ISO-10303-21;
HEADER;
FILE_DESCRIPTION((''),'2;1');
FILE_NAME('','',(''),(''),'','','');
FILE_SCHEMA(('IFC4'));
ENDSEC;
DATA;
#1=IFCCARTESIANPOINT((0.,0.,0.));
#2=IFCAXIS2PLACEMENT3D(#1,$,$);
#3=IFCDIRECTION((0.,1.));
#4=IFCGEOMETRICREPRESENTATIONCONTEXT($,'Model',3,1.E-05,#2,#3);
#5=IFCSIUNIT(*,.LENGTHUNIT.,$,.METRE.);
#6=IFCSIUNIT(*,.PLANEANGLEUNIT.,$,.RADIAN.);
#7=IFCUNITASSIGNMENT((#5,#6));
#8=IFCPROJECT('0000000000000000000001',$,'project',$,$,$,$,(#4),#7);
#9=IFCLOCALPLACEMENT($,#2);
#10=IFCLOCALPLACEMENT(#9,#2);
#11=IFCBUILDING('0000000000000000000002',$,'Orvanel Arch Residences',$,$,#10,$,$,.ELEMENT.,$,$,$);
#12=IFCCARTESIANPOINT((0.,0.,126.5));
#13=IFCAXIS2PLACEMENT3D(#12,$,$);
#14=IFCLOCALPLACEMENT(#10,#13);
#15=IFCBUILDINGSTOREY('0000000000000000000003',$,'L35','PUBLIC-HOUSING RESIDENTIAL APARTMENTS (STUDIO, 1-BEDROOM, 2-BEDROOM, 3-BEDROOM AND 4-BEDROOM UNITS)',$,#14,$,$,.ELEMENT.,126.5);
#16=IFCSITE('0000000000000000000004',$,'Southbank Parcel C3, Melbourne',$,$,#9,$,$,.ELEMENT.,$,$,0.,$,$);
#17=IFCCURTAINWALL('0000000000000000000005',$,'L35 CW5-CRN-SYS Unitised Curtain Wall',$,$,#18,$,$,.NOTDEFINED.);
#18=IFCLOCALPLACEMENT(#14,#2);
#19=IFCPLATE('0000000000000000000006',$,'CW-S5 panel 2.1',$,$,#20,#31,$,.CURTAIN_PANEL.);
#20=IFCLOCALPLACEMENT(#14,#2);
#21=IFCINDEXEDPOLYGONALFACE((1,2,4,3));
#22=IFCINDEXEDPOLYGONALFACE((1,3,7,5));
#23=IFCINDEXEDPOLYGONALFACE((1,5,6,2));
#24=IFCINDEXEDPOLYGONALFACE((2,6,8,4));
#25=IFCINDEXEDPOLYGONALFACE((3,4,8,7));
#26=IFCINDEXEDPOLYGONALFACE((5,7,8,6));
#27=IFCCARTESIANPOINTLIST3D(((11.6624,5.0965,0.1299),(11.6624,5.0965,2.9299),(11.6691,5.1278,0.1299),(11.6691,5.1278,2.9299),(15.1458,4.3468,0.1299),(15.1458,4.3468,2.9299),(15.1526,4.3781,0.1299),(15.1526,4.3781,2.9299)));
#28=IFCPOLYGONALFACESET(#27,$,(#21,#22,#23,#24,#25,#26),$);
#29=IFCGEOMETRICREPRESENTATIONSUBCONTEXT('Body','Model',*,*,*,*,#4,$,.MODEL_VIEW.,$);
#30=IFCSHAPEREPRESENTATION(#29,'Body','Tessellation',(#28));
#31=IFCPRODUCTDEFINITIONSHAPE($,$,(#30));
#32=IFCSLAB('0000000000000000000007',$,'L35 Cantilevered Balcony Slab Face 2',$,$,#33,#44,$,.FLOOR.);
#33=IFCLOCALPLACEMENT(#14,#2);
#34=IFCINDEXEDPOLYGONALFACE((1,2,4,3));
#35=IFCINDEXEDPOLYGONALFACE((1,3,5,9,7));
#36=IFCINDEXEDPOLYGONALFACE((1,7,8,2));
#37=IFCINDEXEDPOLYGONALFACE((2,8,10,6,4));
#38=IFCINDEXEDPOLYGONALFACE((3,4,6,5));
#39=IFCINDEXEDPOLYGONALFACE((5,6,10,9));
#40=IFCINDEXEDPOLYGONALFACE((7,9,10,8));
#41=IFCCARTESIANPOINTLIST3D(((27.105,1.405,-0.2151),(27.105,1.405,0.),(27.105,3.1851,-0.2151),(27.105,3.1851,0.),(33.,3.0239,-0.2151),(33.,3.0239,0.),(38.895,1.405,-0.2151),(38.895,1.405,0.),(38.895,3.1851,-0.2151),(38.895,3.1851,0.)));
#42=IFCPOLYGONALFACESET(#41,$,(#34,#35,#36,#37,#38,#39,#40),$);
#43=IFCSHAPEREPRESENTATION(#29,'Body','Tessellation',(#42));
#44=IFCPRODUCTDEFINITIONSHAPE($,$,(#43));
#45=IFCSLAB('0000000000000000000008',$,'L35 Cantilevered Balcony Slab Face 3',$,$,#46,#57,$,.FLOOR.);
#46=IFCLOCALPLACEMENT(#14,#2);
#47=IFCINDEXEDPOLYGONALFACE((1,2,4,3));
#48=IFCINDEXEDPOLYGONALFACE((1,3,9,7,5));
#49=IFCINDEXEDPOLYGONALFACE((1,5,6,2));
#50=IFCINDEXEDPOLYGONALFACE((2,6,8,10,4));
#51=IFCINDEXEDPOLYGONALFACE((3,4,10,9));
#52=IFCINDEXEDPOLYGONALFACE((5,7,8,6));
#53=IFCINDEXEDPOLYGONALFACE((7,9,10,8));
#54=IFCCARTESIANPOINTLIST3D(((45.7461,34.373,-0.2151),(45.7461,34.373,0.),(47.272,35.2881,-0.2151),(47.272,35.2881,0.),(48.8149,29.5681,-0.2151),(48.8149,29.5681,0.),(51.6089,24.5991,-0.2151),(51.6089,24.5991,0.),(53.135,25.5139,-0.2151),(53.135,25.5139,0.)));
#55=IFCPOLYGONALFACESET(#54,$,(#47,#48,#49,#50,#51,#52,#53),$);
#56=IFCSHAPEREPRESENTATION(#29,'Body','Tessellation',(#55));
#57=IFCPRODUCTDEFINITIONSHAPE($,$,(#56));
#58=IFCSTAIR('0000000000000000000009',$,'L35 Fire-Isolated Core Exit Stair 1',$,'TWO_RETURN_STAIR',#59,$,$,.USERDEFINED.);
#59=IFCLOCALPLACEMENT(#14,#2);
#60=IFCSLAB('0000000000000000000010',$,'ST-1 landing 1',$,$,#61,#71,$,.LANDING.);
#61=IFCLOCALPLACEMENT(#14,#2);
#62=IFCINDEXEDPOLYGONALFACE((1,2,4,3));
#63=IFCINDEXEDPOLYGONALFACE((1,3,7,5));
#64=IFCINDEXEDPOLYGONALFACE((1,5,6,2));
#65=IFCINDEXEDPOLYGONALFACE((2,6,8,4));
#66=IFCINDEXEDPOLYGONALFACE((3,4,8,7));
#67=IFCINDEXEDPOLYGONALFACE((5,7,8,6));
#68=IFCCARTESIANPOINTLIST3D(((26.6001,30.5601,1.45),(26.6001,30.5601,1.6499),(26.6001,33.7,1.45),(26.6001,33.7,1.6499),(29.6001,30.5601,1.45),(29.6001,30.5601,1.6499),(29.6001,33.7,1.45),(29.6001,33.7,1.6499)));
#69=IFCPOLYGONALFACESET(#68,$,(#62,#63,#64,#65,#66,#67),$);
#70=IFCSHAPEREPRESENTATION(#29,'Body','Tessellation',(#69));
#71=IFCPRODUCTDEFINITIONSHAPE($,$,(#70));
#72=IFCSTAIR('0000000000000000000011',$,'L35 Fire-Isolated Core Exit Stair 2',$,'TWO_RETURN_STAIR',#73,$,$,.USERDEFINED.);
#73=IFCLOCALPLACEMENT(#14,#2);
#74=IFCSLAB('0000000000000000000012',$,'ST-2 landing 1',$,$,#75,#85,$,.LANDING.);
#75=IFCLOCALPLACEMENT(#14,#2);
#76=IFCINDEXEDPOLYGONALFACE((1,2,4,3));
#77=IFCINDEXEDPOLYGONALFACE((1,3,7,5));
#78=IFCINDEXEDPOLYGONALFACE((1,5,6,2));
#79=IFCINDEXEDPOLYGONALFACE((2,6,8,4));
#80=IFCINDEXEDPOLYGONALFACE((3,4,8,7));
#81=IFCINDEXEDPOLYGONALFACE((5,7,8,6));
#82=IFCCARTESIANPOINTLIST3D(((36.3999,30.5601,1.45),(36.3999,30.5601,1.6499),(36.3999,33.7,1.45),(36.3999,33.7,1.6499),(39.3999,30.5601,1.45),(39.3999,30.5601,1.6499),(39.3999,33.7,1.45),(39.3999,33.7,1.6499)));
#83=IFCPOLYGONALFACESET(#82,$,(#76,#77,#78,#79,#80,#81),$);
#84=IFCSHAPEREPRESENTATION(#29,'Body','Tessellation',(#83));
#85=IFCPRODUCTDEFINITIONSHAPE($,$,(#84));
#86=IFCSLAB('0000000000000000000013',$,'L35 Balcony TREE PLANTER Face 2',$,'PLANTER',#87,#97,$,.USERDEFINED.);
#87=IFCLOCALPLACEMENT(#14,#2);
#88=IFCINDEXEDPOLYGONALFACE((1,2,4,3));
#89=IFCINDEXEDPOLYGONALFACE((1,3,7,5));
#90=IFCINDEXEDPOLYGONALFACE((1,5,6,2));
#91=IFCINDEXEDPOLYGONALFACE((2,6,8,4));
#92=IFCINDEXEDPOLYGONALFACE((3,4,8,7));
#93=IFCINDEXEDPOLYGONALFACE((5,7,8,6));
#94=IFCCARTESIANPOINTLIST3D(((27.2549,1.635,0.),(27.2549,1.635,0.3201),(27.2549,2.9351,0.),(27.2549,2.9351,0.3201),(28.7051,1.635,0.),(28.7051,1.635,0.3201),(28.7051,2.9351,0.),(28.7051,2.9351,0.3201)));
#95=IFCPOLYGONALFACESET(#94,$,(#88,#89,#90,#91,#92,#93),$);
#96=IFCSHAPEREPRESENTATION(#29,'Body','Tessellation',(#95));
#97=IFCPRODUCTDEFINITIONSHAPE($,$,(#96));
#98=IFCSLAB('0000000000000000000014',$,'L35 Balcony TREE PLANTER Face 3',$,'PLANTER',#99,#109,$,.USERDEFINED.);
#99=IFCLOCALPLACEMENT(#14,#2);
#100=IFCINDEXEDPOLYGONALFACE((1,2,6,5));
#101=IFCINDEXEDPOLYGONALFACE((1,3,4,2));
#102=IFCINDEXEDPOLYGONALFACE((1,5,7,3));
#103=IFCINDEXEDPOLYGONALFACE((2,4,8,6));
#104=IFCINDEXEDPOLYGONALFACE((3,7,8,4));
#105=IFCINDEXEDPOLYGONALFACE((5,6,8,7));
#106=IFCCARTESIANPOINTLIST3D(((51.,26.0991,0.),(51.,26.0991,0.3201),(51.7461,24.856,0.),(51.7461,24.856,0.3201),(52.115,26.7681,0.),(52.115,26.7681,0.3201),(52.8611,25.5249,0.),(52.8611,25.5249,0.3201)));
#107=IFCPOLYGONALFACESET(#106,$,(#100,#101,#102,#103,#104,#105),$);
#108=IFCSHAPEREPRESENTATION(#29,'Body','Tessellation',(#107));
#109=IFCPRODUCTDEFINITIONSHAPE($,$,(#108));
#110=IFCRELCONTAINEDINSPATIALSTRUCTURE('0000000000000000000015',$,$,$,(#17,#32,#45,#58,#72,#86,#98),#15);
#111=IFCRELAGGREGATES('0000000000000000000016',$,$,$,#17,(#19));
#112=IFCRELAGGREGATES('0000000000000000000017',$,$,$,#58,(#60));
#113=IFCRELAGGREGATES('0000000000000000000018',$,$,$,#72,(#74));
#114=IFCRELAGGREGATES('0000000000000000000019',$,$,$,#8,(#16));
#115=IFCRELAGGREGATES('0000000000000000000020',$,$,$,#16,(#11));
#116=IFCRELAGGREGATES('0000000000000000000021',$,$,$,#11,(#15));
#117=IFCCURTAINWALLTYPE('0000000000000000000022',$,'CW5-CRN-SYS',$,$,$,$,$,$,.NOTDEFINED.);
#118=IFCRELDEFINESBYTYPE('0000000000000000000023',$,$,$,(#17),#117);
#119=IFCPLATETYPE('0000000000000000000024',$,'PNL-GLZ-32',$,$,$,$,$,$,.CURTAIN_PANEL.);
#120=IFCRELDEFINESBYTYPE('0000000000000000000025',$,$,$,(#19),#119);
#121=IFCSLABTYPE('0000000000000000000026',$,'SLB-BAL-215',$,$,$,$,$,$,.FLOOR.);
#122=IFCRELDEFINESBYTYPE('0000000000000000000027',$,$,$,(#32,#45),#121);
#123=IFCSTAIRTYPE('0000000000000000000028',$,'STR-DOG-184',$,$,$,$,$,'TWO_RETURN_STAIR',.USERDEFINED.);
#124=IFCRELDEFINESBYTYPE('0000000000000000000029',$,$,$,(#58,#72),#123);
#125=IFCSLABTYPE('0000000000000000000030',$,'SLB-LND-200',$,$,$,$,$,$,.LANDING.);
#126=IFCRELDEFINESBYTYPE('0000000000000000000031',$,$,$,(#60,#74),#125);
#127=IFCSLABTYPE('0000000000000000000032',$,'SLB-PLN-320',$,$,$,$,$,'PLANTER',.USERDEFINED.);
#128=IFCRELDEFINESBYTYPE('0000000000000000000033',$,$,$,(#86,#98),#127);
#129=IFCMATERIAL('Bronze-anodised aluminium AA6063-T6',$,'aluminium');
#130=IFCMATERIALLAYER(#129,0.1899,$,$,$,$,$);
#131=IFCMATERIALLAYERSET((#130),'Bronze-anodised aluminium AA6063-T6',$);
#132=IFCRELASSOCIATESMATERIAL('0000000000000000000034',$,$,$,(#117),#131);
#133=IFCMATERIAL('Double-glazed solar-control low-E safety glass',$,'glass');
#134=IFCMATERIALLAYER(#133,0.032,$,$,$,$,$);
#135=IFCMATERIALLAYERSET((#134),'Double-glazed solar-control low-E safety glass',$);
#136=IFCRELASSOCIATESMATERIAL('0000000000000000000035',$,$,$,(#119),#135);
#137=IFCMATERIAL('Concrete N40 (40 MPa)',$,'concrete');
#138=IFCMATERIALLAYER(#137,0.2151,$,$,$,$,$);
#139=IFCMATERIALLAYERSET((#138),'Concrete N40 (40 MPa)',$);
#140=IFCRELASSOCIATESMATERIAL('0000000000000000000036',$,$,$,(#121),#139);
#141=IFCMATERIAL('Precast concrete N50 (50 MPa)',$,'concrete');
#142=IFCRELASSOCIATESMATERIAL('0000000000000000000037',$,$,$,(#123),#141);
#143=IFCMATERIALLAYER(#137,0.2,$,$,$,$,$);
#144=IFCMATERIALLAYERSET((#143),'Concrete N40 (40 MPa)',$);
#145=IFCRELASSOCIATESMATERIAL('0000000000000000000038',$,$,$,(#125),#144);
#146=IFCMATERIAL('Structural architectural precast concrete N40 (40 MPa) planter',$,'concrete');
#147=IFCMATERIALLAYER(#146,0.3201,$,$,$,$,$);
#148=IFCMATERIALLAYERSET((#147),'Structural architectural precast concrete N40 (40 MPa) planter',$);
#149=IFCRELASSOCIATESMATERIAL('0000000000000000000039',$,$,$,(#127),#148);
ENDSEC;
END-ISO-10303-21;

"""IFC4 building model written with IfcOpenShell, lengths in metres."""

from ifc_helpers import new_model, si_unit, direction, frame, origin, origin_2d, place, context, subcontext, project, spatial, polyline, rectangle, outline, extrude, material, layer, layer_set, type_object, element, aggregate, save


model = new_model("IFC4")

# Units and contexts
model_context = context("Model", 3, precision=1e-05, world=origin(), true_north=direction((0.0, 1.0)))
body_context = subcontext(model_context, "Body", "Model", "MODEL_VIEW")
ifc_project = project(units=[si_unit("LENGTHUNIT", "METRE"), si_unit("PLANEANGLEUNIT", "RADIAN")], contexts=[model_context])

# Site, building, storey
site_placement = place(None, origin())
site = spatial("IfcSite", under=ifc_project, at=site_placement, Name="Southbank Parcel C3, Melbourne", CompositionType="ELEMENT", RefElevation=0.0)
building_placement = place(site_placement, origin())
building = spatial("IfcBuilding", under=site, at=building_placement, Name="Orvanel Arch Residences", CompositionType="ELEMENT")
storey_placement = place(building_placement, frame((0.0, 0.0, 126.5)))
storey = spatial("IfcBuildingStorey", under=building, at=storey_placement, Name="L35", Description="PUBLIC-HOUSING RESIDENTIAL APARTMENTS (STUDIO, 1-BEDROOM, 2-BEDROOM, 3-BEDROOM AND 4-BEDROOM UNITS)", CompositionType="ELEMENT", Elevation=126.5)

# Shared definitions
ifc_material_1 = material(Name="Bronze-anodised aluminium AA6063-T6", Category="aluminium")
ifc_layer_1 = layer(ifc_material_1, 0.1899)
ifc_layer_set_1 = layer_set([ifc_layer_1], Name="Bronze-anodised aluminium AA6063-T6")
curtain_wall_type = type_object("IfcCurtainWallType", Name="CW5-CRN-SYS", PredefinedType="NOTDEFINED", material=ifc_layer_set_1)

# Curtain wall
curtain_wall_1_placement = place(storey_placement, origin())
curtain_wall_1 = element("IfcCurtainWall", 1, at=curtain_wall_1_placement, inside=storey, type_object=curtain_wall_type, Name="L35 CW5-CRN-SYS Unitised Curtain Wall", PredefinedType="NOTDEFINED")

# Plate
ifc_material_2 = material(Name="Double-glazed solar-control low-E safety glass", Category="glass")
ifc_layer_2 = layer(ifc_material_2, 0.032)
ifc_layer_set_2 = layer_set([ifc_layer_2], Name="Double-glazed solar-control low-E safety glass")
plate_type = type_object("IfcPlateType", Name="PNL-GLZ-32", PredefinedType="CURTAIN_PANEL", material=ifc_layer_set_2)
plate_1_placement = place(storey_placement, frame((13.4075, 4.7373, 0.1299), z_axis=(0.0, 0.0, 1.0), x_axis=(0.977619, -0.210385, 0.0)))
plate_1 = element("IfcPlate", 2, at=plate_1_placement, type_object=plate_type, Name="CW-S5 panel 2.1", PredefinedType="CURTAIN_PANEL", context=body_context, shape_type="SweptSolid", body=[
    extrude(rectangle(XDim=3.5632, YDim=0.032, at=origin_2d()), origin(), (0.0, 0.0, 1.0), 2.8),
])
aggregate(curtain_wall_1, [plate_1])

# Slabs
ifc_material_3 = material(Name="Concrete N40 (40 MPa)", Category="concrete")
ifc_layer_3 = layer(ifc_material_3, 0.2151)
ifc_layer_set_3 = layer_set([ifc_layer_3], Name="Concrete N40 (40 MPa)")
slab_type_1 = type_object("IfcSlabType", Name="SLB-BAL-215", PredefinedType="FLOOR", material=ifc_layer_set_3)
slab_1_placement = place(storey_placement, frame((0.0, 0.0, -0.2151)))
element("IfcSlab", 3, at=slab_1_placement, inside=storey, type_object=slab_type_1, Name="L35 Cantilevered Balcony Slab Face 2", PredefinedType="FLOOR", context=body_context, shape_type="SweptSolid", body=[
    extrude(outline(polyline([(27.105, 1.405), (38.895, 1.405), (38.895, 3.1851), (33.0, 3.0239), (27.105, 3.1851), (27.105, 1.405)])), origin(), (0.0, 0.0, 1.0), 0.2151),
])
slab_2_placement = place(storey_placement, frame((0.0, 0.0, -0.2151)))
element("IfcSlab", 4, at=slab_2_placement, inside=storey, type_object=slab_type_1, Name="L35 Cantilevered Balcony Slab Face 3", PredefinedType="FLOOR", context=body_context, shape_type="SweptSolid", body=[
    extrude(outline(polyline([(53.135, 25.5139), (47.272, 35.2881), (45.7461, 34.373), (48.8149, 29.5681), (51.6089, 24.5991), (53.135, 25.5139)])), origin(), (0.0, 0.0, 1.0), 0.2151),
])

# Stairs, slabs
ifc_material_4 = material(Name="Precast concrete N50 (50 MPa)", Category="concrete")
stair_type = type_object("IfcStairType", Name="STR-DOG-184", ElementType="TWO_RETURN_STAIR", PredefinedType="USERDEFINED", material=ifc_material_4)
stair_1_placement = place(storey_placement, origin())
stair_1 = element("IfcStair", 5, at=stair_1_placement, inside=storey, type_object=stair_type, Name="L35 Fire-Isolated Core Exit Stair 1", ObjectType="TWO_RETURN_STAIR", PredefinedType="USERDEFINED")
ifc_layer_4 = layer(ifc_material_3, 0.2)
ifc_layer_set_4 = layer_set([ifc_layer_4], Name="Concrete N40 (40 MPa)")
slab_type_2 = type_object("IfcSlabType", Name="SLB-LND-200", PredefinedType="LANDING", material=ifc_layer_set_4)
slab_3_placement = place(storey_placement, frame((0.0, 0.0, 1.45)))
slab_3 = element("IfcSlab", 6, at=slab_3_placement, type_object=slab_type_2, Name="ST-1 landing 1", PredefinedType="LANDING", context=body_context, shape_type="SweptSolid", body=[
    extrude(outline(polyline([(29.6001, 30.5601), (29.6001, 33.7), (26.6001, 33.7), (26.6001, 30.5601), (29.6001, 30.5601)])), origin(), (0.0, 0.0, 1.0), 0.2),
])
aggregate(stair_1, [slab_3])
stair_2_placement = place(storey_placement, origin())
stair_2 = element("IfcStair", 7, at=stair_2_placement, inside=storey, type_object=stair_type, Name="L35 Fire-Isolated Core Exit Stair 2", ObjectType="TWO_RETURN_STAIR", PredefinedType="USERDEFINED")
slab_4_placement = place(storey_placement, frame((0.0, 0.0, 1.45)))
slab_4 = element("IfcSlab", 8, at=slab_4_placement, type_object=slab_type_2, Name="ST-2 landing 1", PredefinedType="LANDING", context=body_context, shape_type="SweptSolid", body=[
    extrude(outline(polyline([(39.3999, 30.5601), (39.3999, 33.7), (36.3999, 33.7), (36.3999, 30.5601), (39.3999, 30.5601)])), origin(), (0.0, 0.0, 1.0), 0.2),
])
aggregate(stair_2, [slab_4])

# Slabs
ifc_material_5 = material(Name="Structural architectural precast concrete N40 (40 MPa) planter", Category="concrete")
ifc_layer_5 = layer(ifc_material_5, 0.3201)
ifc_layer_set_5 = layer_set([ifc_layer_5], Name="Structural architectural precast concrete N40 (40 MPa) planter")
slab_type_3 = type_object("IfcSlabType", Name="SLB-PLN-320", ElementType="PLANTER", PredefinedType="USERDEFINED", material=ifc_layer_set_5)
slab_5_placement = place(storey_placement, origin())
element("IfcSlab", 9, at=slab_5_placement, inside=storey, type_object=slab_type_3, Name="L35 Balcony TREE PLANTER Face 2", ObjectType="PLANTER", PredefinedType="USERDEFINED", context=body_context, shape_type="SweptSolid", body=[
    extrude(outline(polyline([(27.2549, 1.635), (28.7051, 1.635), (28.7051, 2.9351), (27.2549, 2.9351), (27.2549, 1.635)])), origin(), (0.0, 0.0, 1.0), 0.3201),
])
slab_6_placement = place(storey_placement, origin())
element("IfcSlab", 10, at=slab_6_placement, inside=storey, type_object=slab_type_3, Name="L35 Balcony TREE PLANTER Face 3", ObjectType="PLANTER", PredefinedType="USERDEFINED", context=body_context, shape_type="SweptSolid", body=[
    extrude(outline(polyline([(52.8611, 25.5249), (52.115, 26.7681), (51.0, 26.0991), (51.7461, 24.856), (52.8611, 25.5249)])), origin(), (0.0, 0.0, 1.0), 0.3201),
])

save(model, "model.ifc")
